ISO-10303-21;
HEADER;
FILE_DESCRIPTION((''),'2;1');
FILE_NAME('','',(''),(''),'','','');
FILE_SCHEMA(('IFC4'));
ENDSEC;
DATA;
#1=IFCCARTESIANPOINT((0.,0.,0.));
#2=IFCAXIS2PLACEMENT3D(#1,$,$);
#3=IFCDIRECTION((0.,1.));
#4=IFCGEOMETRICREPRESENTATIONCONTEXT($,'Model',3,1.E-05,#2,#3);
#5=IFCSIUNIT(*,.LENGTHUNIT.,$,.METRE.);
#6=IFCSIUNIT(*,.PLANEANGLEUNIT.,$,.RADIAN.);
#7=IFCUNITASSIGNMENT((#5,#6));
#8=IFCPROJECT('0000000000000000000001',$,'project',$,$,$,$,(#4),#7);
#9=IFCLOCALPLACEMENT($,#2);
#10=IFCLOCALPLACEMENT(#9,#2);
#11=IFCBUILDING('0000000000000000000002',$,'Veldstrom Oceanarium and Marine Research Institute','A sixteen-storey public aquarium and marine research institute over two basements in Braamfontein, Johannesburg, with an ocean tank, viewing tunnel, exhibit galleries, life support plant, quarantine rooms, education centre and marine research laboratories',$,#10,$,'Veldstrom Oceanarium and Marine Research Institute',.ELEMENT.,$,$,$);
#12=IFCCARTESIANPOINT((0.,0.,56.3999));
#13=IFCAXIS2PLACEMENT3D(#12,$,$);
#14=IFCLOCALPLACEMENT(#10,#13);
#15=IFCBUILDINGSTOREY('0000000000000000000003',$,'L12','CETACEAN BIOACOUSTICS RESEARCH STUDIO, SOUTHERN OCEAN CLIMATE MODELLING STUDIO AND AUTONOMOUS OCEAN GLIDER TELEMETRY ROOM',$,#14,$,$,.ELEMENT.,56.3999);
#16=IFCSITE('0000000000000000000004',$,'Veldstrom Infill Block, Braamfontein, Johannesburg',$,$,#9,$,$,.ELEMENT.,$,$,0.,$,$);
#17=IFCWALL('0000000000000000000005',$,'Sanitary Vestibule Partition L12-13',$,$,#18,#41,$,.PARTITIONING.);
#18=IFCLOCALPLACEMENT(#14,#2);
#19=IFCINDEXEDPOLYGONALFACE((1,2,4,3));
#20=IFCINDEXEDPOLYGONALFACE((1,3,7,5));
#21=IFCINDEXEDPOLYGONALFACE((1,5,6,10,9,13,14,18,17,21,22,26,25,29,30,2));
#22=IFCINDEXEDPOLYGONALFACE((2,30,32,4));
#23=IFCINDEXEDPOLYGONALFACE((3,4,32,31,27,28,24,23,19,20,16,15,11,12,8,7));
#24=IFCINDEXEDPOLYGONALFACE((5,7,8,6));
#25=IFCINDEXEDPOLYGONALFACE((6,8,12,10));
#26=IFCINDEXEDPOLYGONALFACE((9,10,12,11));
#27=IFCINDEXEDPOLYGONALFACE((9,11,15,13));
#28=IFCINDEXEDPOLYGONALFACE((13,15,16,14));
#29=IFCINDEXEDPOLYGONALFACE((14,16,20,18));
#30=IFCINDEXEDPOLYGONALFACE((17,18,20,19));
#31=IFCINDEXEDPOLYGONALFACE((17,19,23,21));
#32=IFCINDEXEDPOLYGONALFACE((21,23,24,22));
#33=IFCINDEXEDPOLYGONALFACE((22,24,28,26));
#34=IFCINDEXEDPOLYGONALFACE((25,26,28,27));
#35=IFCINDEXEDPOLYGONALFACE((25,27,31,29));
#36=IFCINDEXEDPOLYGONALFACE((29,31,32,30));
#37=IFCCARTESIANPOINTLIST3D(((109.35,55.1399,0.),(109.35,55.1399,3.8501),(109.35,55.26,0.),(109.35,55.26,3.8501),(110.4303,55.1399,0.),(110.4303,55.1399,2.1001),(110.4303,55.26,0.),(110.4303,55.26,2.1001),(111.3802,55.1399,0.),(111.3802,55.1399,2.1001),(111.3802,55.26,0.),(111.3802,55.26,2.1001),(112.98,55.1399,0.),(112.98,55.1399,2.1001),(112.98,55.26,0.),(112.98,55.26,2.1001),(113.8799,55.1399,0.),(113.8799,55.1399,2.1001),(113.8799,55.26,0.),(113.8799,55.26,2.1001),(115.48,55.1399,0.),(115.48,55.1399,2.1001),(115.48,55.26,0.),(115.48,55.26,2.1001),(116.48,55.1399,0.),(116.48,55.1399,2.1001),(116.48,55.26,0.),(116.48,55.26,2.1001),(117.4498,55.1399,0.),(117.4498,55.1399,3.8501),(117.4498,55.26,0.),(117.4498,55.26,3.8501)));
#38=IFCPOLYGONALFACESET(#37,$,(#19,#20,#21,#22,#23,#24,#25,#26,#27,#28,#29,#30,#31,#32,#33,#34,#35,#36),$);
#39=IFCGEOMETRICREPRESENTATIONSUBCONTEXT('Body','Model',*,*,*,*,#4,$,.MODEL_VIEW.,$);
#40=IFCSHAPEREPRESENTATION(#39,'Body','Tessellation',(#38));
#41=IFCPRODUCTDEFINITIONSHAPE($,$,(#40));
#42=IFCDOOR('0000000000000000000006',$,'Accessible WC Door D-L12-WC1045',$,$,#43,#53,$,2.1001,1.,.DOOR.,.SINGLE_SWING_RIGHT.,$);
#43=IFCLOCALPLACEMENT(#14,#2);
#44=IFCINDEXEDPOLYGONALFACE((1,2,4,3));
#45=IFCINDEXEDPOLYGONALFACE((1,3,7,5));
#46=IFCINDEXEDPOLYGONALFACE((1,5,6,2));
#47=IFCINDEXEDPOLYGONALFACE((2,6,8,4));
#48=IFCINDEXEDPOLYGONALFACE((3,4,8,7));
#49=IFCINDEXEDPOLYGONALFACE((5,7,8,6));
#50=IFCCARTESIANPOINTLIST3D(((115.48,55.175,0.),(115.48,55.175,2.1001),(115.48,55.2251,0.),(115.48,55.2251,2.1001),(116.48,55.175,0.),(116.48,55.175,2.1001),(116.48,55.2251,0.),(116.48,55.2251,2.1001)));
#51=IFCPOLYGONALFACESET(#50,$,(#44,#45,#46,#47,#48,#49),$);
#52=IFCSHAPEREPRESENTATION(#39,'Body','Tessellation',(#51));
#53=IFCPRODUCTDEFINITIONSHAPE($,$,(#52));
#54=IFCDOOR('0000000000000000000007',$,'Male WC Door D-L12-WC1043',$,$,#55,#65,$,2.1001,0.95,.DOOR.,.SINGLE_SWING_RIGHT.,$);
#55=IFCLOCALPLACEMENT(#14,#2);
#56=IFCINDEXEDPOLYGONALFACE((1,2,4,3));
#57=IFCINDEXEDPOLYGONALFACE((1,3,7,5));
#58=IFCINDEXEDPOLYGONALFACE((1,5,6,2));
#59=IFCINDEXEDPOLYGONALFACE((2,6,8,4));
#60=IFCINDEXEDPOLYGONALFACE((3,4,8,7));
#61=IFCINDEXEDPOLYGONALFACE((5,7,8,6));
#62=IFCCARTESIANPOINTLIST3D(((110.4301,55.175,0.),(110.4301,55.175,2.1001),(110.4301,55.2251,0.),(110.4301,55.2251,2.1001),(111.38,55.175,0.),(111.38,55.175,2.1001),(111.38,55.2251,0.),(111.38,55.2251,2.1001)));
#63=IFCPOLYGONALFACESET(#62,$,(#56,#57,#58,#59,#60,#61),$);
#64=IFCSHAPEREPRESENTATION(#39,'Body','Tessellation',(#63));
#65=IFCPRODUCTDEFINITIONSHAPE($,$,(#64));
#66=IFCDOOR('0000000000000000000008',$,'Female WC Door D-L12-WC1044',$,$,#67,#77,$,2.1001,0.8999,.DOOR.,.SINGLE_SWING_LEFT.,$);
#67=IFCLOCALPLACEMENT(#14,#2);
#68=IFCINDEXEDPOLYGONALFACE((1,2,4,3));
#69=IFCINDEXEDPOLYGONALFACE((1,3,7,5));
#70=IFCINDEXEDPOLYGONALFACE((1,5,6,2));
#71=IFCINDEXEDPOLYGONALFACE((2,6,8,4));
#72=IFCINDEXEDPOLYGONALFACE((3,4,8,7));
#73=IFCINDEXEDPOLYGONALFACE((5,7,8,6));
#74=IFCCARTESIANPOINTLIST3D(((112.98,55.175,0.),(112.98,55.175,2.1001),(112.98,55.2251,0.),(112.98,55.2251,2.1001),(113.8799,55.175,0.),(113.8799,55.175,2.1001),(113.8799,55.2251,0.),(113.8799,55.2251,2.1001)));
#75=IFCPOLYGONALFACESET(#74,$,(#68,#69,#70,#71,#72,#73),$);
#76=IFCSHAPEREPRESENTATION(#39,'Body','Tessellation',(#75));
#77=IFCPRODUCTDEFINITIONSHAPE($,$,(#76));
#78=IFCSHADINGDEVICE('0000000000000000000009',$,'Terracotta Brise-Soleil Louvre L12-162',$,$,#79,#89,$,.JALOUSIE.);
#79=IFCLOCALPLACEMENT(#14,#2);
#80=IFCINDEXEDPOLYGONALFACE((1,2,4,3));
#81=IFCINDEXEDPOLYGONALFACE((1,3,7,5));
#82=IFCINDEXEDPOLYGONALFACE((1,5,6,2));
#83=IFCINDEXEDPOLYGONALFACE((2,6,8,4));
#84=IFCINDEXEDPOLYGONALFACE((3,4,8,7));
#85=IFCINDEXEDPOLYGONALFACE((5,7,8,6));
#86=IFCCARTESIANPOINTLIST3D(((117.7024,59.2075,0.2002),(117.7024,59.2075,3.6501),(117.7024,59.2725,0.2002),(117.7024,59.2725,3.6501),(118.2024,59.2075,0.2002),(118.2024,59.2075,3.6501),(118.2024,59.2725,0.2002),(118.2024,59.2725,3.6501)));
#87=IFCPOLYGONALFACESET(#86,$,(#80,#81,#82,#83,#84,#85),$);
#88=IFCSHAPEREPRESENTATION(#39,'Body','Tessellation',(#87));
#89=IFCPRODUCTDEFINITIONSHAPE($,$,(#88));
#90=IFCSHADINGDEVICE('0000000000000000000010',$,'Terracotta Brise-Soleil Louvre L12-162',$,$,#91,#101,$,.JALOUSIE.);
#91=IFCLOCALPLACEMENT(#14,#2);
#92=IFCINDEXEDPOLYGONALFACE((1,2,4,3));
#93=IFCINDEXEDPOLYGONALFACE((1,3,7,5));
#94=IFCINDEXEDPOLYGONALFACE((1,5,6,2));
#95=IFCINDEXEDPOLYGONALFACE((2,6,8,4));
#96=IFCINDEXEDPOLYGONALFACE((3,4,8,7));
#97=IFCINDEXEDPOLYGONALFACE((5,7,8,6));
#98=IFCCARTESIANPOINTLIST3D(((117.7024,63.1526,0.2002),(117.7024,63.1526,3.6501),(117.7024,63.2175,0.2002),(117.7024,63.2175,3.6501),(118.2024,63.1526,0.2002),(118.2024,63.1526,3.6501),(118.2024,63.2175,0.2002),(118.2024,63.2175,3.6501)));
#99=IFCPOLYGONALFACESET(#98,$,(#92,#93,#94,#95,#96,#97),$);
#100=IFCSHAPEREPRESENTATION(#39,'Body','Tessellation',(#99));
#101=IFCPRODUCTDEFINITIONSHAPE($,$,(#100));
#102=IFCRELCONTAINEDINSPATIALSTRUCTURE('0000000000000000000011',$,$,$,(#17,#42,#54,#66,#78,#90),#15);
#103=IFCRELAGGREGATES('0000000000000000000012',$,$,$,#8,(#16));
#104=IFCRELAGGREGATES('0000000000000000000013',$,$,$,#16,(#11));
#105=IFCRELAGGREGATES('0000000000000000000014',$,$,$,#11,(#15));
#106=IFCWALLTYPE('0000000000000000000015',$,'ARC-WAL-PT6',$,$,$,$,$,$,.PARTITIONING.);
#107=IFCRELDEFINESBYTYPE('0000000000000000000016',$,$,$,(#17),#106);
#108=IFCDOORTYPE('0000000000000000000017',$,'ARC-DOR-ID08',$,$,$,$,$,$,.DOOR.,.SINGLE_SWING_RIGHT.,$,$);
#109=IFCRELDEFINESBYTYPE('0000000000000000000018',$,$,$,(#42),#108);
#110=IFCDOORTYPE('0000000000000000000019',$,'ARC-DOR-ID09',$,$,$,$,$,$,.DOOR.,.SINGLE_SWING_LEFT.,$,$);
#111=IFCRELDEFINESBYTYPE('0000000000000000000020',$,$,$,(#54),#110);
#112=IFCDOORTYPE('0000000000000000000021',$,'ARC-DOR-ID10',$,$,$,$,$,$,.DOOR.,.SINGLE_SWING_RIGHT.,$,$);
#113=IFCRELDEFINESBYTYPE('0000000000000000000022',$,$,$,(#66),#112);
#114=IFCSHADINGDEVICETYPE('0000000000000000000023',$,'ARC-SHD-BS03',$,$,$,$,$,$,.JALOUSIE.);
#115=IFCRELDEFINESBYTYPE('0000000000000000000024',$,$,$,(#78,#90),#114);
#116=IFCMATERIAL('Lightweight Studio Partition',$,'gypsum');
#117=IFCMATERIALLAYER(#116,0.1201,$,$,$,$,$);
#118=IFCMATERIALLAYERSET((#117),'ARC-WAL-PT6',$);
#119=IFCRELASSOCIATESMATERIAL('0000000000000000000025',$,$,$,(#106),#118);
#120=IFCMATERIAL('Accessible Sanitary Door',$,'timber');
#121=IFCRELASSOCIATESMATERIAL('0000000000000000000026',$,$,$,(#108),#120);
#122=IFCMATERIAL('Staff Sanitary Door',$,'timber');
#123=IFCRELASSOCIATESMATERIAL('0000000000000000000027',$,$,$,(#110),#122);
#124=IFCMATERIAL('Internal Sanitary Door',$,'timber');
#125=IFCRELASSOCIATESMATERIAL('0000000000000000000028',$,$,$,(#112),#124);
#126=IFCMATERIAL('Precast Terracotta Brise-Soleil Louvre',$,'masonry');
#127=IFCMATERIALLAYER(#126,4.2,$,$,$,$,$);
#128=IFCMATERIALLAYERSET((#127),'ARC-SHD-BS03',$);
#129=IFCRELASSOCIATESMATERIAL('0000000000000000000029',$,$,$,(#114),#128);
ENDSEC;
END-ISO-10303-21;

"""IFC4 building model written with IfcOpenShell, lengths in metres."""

from ifc_helpers import new_model, si_unit, direction, frame, frame_2d, origin, origin_2d, place, context, subcontext, project, spatial, rectangle, extrude, material, layer, layer_set, type_object, element, fill, save


model = new_model("IFC4")

# Units and contexts
model_context = context("Model", 3, precision=1e-05, world=origin(), true_north=direction((0.0, 1.0)))
body_context = subcontext(model_context, "Body", "Model", "MODEL_VIEW")
ifc_project = project(units=[si_unit("LENGTHUNIT", "METRE"), si_unit("PLANEANGLEUNIT", "RADIAN")], contexts=[model_context])

# Site, building, storey
site_placement = place(None, origin())
site = spatial("IfcSite", under=ifc_project, at=site_placement, Name="Veldstrom Infill Block, Braamfontein, Johannesburg", CompositionType="ELEMENT", RefElevation=0.0)
building_placement = place(site_placement, origin())
building = spatial("IfcBuilding", under=site, at=building_placement, Name="Veldstrom Oceanarium and Marine Research Institute", Description="A sixteen-storey public aquarium and marine research institute over two basements in Braamfontein, Johannesburg, with an ocean tank, viewing tunnel, exhibit galleries, life support plant, quarantine rooms, education centre and marine research laboratories", LongName="Veldstrom Oceanarium and Marine Research Institute", CompositionType="ELEMENT")
storey_placement = place(building_placement, frame((0.0, 0.0, 56.3999)))
storey = spatial("IfcBuildingStorey", under=building, at=storey_placement, Name="L12", Description="CETACEAN BIOACOUSTICS RESEARCH STUDIO, SOUTHERN OCEAN CLIMATE MODELLING STUDIO AND AUTONOMOUS OCEAN GLIDER TELEMETRY ROOM", CompositionType="ELEMENT", Elevation=56.3999)

# Wall, openings, doors
ifc_material_1 = material(Name="Lightweight Studio Partition", Category="gypsum")
ifc_layer_1 = layer(ifc_material_1, 0.1201)
ifc_layer_set_1 = layer_set([ifc_layer_1], Name="ARC-WAL-PT6")
wall_type_1 = type_object("IfcWallType", Name="ARC-WAL-PT6", PredefinedType="PARTITIONING", material=ifc_layer_set_1)
wall_1_placement = place(storey_placement, frame((109.3501, 55.2, 0.0), z_axis=(0.0, 0.0, 1.0), x_axis=(1.0, 0.0, 0.0)))
wall_1 = element("IfcWall", 1, at=wall_1_placement, inside=storey, type_object=wall_type_1, Name="Sanitary Vestibule Partition L12-13", PredefinedType="PARTITIONING", context=body_context, shape_type="SweptSolid", body=[
    extrude(rectangle(XDim=8.0999, YDim=0.1201, at=frame_2d((4.0498, 0.0))), origin(), (0.0, 0.0, 1.0), 3.8501),
])
opening_1_placement = place(wall_1_placement, frame((1.0801, 0.0, 0.0)))
opening_1 = element("IfcOpeningElement", 2, at=opening_1_placement, cuts=wall_1, PredefinedType="OPENING", context=body_context, shape_type="SweptSolid", body=[
    extrude(rectangle(XDim=0.95, YDim=2.1001, at=frame_2d((0.4751, 1.05))), frame((0.0, 0.0701, 0.0), z_axis=(0.0, -1.0, 0.0), x_axis=(1.0, 0.0, 0.0)), (0.0, 0.0, 1.0), 0.1401),
])
opening_2_placement = place(wall_1_placement, frame((3.6299, 0.0, 0.0)))
opening_2 = element("IfcOpeningElement", 3, at=opening_2_placement, cuts=wall_1, PredefinedType="OPENING", context=body_context, shape_type="SweptSolid", body=[
    extrude(rectangle(XDim=0.8999, YDim=2.1001, at=frame_2d((0.45, 1.05))), frame((0.0, 0.0701, 0.0), z_axis=(0.0, -1.0, 0.0), x_axis=(1.0, 0.0, 0.0)), (0.0, 0.0, 1.0), 0.1401),
])
opening_3_placement = place(wall_1_placement, frame((6.1299, 0.0, 0.0)))
opening_3 = element("IfcOpeningElement", 4, at=opening_3_placement, cuts=wall_1, PredefinedType="OPENING", context=body_context, shape_type="SweptSolid", body=[
    extrude(rectangle(XDim=1.0, YDim=2.1001, at=frame_2d((0.5, 1.05))), frame((0.0, 0.0701, 0.0), z_axis=(0.0, -1.0, 0.0), x_axis=(1.0, 0.0, 0.0)), (0.0, 0.0, 1.0), 0.1401),
])
ifc_material_2 = material(Name="Accessible Sanitary Door", Category="timber")
door_type_1 = type_object("IfcDoorType", Name="ARC-DOR-ID08", OperationType="SINGLE_SWING_RIGHT", PredefinedType="DOOR", material=ifc_material_2)
door_1_placement = place(opening_3_placement, frame((1.0, 0.0, 0.0), z_axis=(0.0, 0.0, 1.0), x_axis=(-1.0, 0.0, 0.0)))
door_1 = element("IfcDoor", 5, at=door_1_placement, inside=storey, type_object=door_type_1, Name="Accessible WC Door D-L12-WC1045", OperationType="SINGLE_SWING_RIGHT", OverallHeight=2.1001, OverallWidth=1.0, PredefinedType="DOOR", context=body_context, shape_type="SweptSolid", body=[
    extrude(rectangle(XDim=1.0, YDim=2.1001, at=frame_2d((0.5, 1.05))), frame((0.0, 0.0249, 0.0), z_axis=(0.0, -1.0, 0.0), x_axis=(1.0, 0.0, 0.0)), (0.0, 0.0, 1.0), 0.05),
])
fill(opening_3, door_1)
ifc_material_3 = material(Name="Staff Sanitary Door", Category="timber")
door_type_2 = type_object("IfcDoorType", Name="ARC-DOR-ID09", OperationType="SINGLE_SWING_LEFT", PredefinedType="DOOR", material=ifc_material_3)
door_2_placement = place(opening_1_placement, frame((0.95, 0.0, 0.0), z_axis=(0.0, 0.0, 1.0), x_axis=(-1.0, 0.0, 0.0)))
door_2 = element("IfcDoor", 6, at=door_2_placement, inside=storey, type_object=door_type_2, Name="Male WC Door D-L12-WC1043", OperationType="SINGLE_SWING_RIGHT", OverallHeight=2.1001, OverallWidth=0.95, PredefinedType="DOOR", context=body_context, shape_type="SweptSolid", body=[
    extrude(rectangle(XDim=0.95, YDim=2.1001, at=frame_2d((0.4751, 1.05))), frame((0.0, 0.0249, 0.0), z_axis=(0.0, -1.0, 0.0), x_axis=(1.0, 0.0, 0.0)), (0.0, 0.0, 1.0), 0.05),
])
fill(opening_1, door_2)
ifc_material_4 = material(Name="Internal Sanitary Door", Category="timber")
door_type_3 = type_object("IfcDoorType", Name="ARC-DOR-ID10", OperationType="SINGLE_SWING_RIGHT", PredefinedType="DOOR", material=ifc_material_4)
door_3_placement = place(opening_2_placement, frame((0.8999, 0.0, 0.0), z_axis=(0.0, 0.0, 1.0), x_axis=(-1.0, 0.0, 0.0)))
door_3 = element("IfcDoor", 7, at=door_3_placement, inside=storey, type_object=door_type_3, Name="Female WC Door D-L12-WC1044", OperationType="SINGLE_SWING_LEFT", OverallHeight=2.1001, OverallWidth=0.8999, PredefinedType="DOOR", context=body_context, shape_type="SweptSolid", body=[
    extrude(rectangle(XDim=0.8999, YDim=2.1001, at=frame_2d((0.45, 1.05))), frame((0.0, 0.0249, 0.0), z_axis=(0.0, -1.0, 0.0), x_axis=(1.0, 0.0, 0.0)), (0.0, 0.0, 1.0), 0.05),
])
fill(opening_2, door_3)

# Shading devices
ifc_material_5 = material(Name="Precast Terracotta Brise-Soleil Louvre", Category="masonry")
ifc_layer_2 = layer(ifc_material_5, 4.2)
ifc_layer_set_2 = layer_set([ifc_layer_2], Name="ARC-SHD-BS03")
shading_device_type = type_object("IfcShadingDeviceType", Name="ARC-SHD-BS03", PredefinedType="JALOUSIE", material=ifc_layer_set_2)
for number, where, z_axis, x_axis, name in (
    (8, (117.9524, 59.24, 0.2002), (0.0, 0.0, 1.0), (1.0, 0.0, 0.0), "Terracotta Brise-Soleil Louvre L12-162"),
    (9, (117.9524, 63.1851, 0.2002), (0.0, 0.0, 1.0), (1.0, 0.0, 0.0), "Terracotta Brise-Soleil Louvre L12-162"),
):
    element("IfcShadingDevice", number, at=place(storey_placement, frame(where, z_axis=z_axis, x_axis=x_axis)), inside=storey, type_object=shading_device_type, Name=name, PredefinedType="JALOUSIE", context=body_context, shape_type="SweptSolid", body=[
        extrude(rectangle(XDim=0.5, YDim=0.0649, at=origin_2d()), origin(), (0.0, 0.0, 1.0), 3.45),
    ])

save(model, "model.ifc")
